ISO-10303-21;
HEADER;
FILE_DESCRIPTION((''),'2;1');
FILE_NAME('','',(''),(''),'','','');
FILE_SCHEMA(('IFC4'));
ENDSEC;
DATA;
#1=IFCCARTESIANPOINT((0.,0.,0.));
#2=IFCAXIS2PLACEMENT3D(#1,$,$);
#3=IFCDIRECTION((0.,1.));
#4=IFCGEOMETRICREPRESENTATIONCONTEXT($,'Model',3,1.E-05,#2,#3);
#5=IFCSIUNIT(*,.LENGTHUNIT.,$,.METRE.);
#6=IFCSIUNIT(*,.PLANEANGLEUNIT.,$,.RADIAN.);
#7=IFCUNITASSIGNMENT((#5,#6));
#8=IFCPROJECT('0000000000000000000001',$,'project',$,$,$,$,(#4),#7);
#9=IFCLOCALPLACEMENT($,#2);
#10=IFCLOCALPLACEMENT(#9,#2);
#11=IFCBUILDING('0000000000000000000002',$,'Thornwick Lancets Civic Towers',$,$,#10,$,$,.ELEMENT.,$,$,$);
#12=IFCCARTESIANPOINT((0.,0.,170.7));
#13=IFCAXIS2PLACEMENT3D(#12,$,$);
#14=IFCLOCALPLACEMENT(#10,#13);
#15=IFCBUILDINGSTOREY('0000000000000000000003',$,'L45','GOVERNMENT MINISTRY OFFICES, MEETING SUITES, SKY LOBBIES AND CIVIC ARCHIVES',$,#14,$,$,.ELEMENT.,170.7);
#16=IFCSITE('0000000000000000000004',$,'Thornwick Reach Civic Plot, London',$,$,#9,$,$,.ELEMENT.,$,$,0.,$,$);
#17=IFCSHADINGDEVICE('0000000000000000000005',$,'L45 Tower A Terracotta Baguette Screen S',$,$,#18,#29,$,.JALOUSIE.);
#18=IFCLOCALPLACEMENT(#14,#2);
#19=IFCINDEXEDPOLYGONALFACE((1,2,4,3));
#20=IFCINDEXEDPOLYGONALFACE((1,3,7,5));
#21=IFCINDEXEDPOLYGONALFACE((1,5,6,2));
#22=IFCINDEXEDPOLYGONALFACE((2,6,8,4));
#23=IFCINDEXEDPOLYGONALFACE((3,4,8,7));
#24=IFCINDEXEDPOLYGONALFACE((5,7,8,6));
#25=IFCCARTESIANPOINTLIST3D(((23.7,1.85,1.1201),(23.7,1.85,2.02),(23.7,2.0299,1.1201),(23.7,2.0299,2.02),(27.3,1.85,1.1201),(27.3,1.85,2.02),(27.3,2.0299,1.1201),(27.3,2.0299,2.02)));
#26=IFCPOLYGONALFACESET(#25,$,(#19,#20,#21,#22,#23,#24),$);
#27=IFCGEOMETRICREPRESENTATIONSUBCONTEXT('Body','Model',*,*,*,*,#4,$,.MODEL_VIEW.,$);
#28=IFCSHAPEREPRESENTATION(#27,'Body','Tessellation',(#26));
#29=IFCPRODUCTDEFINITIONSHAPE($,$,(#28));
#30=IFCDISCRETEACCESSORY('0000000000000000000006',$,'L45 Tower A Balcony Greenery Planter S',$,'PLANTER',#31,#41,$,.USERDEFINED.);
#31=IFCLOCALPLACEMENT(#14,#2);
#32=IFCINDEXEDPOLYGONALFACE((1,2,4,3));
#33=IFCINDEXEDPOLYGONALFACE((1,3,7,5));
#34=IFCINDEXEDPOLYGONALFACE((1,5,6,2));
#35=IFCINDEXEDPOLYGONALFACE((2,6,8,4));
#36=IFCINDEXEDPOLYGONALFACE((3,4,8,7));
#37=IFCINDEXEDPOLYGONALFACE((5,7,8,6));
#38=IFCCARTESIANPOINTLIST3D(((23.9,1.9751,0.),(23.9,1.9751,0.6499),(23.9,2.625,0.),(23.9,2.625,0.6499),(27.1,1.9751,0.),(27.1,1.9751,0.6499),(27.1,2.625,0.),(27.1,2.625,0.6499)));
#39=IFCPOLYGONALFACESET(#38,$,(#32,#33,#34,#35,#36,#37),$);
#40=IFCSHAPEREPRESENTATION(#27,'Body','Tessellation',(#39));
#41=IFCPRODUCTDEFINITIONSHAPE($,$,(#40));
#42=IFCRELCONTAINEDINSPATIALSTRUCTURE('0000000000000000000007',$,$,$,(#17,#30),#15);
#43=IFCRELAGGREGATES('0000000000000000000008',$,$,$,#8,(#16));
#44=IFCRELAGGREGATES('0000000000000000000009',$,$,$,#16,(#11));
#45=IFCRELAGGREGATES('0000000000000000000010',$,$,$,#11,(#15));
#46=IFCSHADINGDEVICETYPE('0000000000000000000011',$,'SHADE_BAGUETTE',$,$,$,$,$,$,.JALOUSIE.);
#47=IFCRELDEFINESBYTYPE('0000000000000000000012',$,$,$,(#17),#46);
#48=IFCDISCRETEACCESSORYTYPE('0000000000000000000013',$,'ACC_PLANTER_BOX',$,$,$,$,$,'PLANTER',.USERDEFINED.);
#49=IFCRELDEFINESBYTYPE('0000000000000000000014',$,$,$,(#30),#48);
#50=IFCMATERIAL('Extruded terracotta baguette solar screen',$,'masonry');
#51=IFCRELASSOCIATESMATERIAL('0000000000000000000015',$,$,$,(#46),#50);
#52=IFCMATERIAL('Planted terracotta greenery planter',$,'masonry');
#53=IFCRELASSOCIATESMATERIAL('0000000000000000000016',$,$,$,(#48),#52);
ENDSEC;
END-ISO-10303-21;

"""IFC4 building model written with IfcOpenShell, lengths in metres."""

from ifc_helpers import new_model, si_unit, direction, frame, origin, origin_2d, place, context, subcontext, project, spatial, rectangle, extrude, material, type_object, element, save


model = new_model("IFC4")

# Units and contexts
model_context = context("Model", 3, precision=1e-05, world=origin(), true_north=direction((0.0, 1.0)))
body_context = subcontext(model_context, "Body", "Model", "MODEL_VIEW")
ifc_project = project(units=[si_unit("LENGTHUNIT", "METRE"), si_unit("PLANEANGLEUNIT", "RADIAN")], contexts=[model_context])

# Site, building, storey
site_placement = place(None, origin())
site = spatial("IfcSite", under=ifc_project, at=site_placement, Name="Thornwick Reach Civic Plot, London", CompositionType="ELEMENT", RefElevation=0.0)
building_placement = place(site_placement, origin())
building = spatial("IfcBuilding", under=site, at=building_placement, Name="Thornwick Lancets Civic Towers", CompositionType="ELEMENT")
storey_placement = place(building_placement, frame((0.0, 0.0, 170.7)))
storey = spatial("IfcBuildingStorey", under=building, at=storey_placement, Name="L45", Description="GOVERNMENT MINISTRY OFFICES, MEETING SUITES, SKY LOBBIES AND CIVIC ARCHIVES", CompositionType="ELEMENT", Elevation=170.7)

# Shading device
ifc_material_1 = material(Name="Extruded terracotta baguette solar screen", Category="masonry")
shading_device_type = type_object("IfcShadingDeviceType", Name="SHADE_BAGUETTE", PredefinedType="JALOUSIE", material=ifc_material_1)
shading_device_placement = place(storey_placement, frame((25.5, 1.9399, 1.1201), z_axis=(0.0, 0.0, 1.0), x_axis=(1.0, 0.0, 0.0)))
element("IfcShadingDevice", 1, at=shading_device_placement, inside=storey, type_object=shading_device_type, Name="L45 Tower A Terracotta Baguette Screen S", PredefinedType="JALOUSIE", context=body_context, shape_type="SweptSolid", body=[
    extrude(rectangle(XDim=3.6001, YDim=0.1799, at=origin_2d()), origin(), (0.0, 0.0, 1.0), 0.8999),
])

# Discrete accessory
ifc_material_2 = material(Name="Planted terracotta greenery planter", Category="masonry")
discrete_accessory_type = type_object("IfcDiscreteAccessoryType", Name="ACC_PLANTER_BOX", ElementType="PLANTER", PredefinedType="USERDEFINED", material=ifc_material_2)
discrete_accessory_placement = place(storey_placement, frame((25.5, 2.3, 0.0), z_axis=(0.0, 0.0, 1.0), x_axis=(1.0, 0.0, 0.0)))
element("IfcDiscreteAccessory", 2, at=discrete_accessory_placement, inside=storey, type_object=discrete_accessory_type, Name="L45 Tower A Balcony Greenery Planter S", ObjectType="PLANTER", PredefinedType="USERDEFINED", context=body_context, shape_type="SweptSolid", body=[
    extrude(rectangle(XDim=3.2, YDim=0.6499, at=origin_2d()), origin(), (0.0, 0.0, 1.0), 0.6499),
])

save(model, "model.ifc")
